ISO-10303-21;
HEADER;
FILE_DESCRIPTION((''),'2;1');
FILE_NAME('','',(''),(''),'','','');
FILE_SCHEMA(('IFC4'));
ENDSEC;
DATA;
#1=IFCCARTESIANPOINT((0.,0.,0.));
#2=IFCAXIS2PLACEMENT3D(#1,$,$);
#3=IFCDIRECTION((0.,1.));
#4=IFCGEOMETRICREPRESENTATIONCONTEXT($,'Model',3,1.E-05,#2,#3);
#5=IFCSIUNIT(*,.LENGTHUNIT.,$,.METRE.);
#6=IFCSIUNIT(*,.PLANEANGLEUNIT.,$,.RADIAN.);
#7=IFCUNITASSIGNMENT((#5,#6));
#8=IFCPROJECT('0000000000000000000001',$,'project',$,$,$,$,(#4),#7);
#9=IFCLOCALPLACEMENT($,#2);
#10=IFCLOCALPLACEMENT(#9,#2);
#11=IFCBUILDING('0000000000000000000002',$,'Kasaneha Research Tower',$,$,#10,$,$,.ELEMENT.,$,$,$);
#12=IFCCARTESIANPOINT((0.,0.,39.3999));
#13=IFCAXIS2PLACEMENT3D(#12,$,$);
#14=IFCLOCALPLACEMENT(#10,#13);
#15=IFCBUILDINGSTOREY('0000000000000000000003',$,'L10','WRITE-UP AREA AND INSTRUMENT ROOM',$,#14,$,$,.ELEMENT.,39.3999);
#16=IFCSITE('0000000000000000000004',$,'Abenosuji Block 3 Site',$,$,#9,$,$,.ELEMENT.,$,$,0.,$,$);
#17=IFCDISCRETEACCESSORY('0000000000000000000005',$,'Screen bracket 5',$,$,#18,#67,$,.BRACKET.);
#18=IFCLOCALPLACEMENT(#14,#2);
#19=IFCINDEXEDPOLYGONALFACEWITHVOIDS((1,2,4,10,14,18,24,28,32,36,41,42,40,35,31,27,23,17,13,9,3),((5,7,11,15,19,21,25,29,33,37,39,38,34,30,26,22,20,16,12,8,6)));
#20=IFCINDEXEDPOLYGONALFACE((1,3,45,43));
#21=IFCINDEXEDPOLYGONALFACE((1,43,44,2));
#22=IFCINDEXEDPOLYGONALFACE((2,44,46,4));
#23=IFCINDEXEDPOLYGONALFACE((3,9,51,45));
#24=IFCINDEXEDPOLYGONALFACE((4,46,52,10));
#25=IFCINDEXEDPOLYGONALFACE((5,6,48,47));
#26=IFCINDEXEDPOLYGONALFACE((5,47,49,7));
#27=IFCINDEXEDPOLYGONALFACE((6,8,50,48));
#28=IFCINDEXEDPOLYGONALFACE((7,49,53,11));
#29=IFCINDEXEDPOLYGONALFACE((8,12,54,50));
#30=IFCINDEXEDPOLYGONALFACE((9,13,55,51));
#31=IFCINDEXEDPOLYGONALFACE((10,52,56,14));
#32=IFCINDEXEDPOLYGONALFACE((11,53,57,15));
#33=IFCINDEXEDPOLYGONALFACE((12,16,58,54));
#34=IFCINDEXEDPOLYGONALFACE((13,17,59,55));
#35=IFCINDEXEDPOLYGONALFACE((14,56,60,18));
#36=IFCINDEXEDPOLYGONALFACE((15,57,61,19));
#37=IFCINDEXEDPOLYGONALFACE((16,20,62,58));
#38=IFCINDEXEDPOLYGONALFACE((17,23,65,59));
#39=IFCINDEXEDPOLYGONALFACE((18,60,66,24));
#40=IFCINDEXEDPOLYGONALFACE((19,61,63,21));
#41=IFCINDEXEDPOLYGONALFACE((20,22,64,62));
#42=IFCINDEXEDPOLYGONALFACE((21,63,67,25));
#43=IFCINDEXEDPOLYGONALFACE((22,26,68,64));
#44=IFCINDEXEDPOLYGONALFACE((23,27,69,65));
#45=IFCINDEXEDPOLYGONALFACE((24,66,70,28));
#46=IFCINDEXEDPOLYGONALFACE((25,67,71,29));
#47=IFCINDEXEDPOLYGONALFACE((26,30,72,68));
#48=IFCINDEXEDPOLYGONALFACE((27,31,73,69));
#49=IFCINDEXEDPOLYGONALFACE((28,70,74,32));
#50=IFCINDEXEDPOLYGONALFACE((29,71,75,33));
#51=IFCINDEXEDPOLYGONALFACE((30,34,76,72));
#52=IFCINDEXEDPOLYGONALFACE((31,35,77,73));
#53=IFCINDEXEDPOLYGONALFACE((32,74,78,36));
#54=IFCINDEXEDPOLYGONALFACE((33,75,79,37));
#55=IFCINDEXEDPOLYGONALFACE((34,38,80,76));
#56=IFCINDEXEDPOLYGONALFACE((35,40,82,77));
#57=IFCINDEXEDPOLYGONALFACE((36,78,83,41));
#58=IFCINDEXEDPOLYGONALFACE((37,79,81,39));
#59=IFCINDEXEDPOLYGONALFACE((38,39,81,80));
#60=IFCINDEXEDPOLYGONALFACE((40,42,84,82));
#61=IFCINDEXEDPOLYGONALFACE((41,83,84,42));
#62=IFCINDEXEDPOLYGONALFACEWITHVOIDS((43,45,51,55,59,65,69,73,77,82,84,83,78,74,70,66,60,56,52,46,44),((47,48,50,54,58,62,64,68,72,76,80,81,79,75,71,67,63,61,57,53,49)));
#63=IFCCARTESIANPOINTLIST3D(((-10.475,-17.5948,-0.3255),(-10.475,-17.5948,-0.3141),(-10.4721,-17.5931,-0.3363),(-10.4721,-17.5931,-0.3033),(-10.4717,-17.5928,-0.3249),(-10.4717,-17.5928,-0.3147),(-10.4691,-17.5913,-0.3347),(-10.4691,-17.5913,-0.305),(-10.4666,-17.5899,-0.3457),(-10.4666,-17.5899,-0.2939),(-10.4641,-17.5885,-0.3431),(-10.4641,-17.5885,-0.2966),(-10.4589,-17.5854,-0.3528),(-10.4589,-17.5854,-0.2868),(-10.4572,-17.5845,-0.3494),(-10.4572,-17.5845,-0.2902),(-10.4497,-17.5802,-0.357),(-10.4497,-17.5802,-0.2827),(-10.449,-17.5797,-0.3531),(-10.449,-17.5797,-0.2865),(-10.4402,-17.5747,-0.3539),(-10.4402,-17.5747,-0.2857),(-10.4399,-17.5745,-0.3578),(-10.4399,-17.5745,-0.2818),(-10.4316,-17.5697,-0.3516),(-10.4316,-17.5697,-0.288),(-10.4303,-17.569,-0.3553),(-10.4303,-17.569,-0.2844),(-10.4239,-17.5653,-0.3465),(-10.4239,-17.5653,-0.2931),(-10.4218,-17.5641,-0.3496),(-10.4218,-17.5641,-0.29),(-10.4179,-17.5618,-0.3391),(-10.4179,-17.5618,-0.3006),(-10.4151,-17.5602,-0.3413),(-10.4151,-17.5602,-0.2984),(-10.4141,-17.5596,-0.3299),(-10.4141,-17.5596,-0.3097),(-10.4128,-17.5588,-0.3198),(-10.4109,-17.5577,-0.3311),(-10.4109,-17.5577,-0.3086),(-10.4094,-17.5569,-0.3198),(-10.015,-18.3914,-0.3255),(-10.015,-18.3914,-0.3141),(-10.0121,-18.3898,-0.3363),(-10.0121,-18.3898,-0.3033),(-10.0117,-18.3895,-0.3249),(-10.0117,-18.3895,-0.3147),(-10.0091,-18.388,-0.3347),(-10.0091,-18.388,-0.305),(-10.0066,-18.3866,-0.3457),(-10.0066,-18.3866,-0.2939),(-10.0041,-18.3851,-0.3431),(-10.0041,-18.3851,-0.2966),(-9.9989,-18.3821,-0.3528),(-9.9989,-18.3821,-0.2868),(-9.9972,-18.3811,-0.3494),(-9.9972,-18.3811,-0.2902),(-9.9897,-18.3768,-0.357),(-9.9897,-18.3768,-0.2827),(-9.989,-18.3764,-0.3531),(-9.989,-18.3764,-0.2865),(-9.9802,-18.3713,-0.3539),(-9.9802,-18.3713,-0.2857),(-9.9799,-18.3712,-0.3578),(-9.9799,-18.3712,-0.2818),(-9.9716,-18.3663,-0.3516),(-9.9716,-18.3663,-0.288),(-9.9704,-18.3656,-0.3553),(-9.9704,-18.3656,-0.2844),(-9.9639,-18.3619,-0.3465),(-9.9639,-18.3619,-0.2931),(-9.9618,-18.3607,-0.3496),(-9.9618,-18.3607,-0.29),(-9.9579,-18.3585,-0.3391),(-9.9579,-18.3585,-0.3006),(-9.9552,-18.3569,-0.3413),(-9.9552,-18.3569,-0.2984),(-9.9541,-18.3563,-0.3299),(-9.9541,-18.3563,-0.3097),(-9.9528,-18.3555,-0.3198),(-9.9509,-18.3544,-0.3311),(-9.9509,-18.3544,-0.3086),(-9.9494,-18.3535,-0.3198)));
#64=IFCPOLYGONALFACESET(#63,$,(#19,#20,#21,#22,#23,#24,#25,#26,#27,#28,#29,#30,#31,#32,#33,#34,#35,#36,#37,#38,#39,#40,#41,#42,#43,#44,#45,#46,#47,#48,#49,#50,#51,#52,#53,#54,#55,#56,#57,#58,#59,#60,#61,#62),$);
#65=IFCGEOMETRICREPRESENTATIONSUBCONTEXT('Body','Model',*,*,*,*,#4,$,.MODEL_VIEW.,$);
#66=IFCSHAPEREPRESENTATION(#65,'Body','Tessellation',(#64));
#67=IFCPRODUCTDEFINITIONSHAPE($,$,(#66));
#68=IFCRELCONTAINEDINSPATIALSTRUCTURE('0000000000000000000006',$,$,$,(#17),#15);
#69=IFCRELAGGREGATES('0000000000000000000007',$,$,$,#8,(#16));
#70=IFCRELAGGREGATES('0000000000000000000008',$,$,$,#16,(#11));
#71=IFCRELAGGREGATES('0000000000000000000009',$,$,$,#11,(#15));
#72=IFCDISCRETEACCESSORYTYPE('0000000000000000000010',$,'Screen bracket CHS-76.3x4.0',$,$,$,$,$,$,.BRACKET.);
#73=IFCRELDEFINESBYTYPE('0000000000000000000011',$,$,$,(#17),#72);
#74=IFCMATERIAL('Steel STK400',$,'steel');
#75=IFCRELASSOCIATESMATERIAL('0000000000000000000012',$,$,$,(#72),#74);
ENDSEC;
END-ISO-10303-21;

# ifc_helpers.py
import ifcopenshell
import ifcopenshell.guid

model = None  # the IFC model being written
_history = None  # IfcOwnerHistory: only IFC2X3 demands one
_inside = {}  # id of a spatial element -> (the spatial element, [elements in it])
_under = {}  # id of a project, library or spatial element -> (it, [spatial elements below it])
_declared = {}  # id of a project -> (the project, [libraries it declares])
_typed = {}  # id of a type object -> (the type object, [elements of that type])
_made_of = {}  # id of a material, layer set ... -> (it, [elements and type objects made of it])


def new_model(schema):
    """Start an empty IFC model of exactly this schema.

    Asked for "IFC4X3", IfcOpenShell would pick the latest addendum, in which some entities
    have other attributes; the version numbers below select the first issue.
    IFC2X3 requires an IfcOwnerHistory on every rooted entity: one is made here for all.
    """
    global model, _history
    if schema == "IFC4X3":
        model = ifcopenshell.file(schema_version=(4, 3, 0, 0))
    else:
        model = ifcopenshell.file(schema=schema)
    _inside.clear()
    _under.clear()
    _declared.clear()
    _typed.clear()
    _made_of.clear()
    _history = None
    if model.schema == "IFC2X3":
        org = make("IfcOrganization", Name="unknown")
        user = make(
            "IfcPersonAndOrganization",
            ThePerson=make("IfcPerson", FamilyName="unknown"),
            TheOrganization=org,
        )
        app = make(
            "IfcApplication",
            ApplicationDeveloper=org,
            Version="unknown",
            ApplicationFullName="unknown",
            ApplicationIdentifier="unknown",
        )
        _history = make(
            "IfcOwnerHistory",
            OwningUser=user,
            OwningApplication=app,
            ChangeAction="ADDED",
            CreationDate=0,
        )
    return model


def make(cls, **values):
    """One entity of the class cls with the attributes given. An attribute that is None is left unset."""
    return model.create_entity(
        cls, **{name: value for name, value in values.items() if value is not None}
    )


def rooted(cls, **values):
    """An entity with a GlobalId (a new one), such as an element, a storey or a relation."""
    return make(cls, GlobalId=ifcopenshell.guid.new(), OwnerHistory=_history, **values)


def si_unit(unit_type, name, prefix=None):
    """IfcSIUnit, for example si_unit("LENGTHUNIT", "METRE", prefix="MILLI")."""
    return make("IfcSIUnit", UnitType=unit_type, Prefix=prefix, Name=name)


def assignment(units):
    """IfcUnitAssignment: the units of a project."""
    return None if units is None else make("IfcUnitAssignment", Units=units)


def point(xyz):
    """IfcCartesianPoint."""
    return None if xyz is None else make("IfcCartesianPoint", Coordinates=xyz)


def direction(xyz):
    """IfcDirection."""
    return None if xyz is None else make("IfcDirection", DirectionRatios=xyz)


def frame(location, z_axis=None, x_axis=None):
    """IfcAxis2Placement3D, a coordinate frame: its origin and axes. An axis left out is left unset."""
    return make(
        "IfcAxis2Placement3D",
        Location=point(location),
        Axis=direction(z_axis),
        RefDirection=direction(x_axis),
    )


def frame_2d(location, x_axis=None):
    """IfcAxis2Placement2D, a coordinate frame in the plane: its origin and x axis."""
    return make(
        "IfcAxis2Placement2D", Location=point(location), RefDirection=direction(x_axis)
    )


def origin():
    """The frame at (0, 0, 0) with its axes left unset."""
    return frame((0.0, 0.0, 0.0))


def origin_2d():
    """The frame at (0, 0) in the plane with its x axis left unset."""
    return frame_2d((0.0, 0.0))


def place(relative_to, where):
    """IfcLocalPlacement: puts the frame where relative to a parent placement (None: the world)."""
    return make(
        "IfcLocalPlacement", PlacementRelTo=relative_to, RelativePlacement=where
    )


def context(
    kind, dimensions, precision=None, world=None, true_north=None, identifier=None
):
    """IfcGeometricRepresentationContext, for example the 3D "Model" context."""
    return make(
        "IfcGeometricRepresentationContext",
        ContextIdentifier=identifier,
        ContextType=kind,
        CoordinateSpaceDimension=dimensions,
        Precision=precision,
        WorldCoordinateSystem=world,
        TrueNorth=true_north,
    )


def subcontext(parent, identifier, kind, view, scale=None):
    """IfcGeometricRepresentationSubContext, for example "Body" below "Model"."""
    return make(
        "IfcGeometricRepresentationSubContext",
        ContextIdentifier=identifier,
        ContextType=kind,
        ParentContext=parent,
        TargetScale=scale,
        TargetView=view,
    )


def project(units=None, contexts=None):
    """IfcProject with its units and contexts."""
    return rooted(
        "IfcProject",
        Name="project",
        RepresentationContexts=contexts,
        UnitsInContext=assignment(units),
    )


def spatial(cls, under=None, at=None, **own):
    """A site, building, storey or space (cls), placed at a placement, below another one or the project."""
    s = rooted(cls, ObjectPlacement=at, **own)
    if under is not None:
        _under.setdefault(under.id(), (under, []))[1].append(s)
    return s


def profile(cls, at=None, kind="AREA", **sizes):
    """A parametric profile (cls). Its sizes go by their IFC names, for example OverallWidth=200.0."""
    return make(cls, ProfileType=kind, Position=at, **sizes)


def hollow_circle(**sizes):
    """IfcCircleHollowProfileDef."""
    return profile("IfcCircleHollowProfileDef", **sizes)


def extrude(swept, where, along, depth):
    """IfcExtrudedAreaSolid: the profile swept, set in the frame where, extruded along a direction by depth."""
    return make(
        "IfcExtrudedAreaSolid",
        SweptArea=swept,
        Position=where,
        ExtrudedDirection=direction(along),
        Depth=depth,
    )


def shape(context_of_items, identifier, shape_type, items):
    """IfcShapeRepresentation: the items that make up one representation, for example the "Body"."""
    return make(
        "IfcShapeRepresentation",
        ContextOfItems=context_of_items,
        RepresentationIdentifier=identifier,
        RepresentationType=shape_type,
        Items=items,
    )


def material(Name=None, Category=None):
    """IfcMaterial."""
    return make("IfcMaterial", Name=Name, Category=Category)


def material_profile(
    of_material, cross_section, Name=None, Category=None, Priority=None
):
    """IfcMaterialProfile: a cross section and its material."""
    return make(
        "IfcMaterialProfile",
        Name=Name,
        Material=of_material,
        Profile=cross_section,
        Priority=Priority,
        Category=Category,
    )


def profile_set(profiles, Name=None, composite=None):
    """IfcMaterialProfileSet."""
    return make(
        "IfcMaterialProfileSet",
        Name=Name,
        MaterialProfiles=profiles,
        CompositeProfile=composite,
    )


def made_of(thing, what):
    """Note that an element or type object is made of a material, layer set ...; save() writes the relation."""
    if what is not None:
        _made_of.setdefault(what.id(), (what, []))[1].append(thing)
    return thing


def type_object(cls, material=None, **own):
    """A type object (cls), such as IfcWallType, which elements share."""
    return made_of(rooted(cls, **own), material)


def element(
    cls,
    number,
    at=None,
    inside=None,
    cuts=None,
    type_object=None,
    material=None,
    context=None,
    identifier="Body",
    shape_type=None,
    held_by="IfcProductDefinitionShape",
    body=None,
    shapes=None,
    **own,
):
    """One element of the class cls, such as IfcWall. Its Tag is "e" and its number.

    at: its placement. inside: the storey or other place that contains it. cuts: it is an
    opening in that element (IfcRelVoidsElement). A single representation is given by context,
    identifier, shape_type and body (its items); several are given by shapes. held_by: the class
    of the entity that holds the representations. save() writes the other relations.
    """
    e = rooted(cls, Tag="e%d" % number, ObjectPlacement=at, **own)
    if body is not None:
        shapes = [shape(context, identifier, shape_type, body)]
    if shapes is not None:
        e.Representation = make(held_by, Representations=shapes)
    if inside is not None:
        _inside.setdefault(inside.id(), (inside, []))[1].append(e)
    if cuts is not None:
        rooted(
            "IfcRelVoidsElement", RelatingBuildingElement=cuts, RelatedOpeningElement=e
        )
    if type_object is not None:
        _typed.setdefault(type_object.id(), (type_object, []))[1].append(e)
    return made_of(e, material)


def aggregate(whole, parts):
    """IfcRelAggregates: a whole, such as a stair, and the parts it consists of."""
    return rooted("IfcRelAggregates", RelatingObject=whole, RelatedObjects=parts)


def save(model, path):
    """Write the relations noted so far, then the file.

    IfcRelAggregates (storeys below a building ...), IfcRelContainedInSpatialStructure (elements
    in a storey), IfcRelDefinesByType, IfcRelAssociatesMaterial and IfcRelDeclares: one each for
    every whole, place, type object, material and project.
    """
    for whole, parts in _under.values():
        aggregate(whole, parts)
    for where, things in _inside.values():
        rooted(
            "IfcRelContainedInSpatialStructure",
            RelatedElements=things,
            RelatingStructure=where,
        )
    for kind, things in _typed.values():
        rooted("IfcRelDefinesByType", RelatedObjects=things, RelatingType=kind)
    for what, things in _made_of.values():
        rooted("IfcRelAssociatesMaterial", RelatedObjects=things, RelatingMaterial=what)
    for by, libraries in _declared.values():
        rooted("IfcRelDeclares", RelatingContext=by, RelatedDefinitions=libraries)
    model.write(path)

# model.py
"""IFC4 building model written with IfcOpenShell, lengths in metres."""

from ifc_helpers import new_model, si_unit, direction, frame, origin, origin_2d, place, context, subcontext, project, spatial, hollow_circle, extrude, material, material_profile, profile_set, type_object, element, save


model = new_model("IFC4")

# Units and contexts
model_context = context("Model", 3, precision=1e-05, world=origin(), true_north=direction((0.0, 1.0)))
body_context = subcontext(model_context, "Body", "Model", "MODEL_VIEW")
ifc_project = project(units=[si_unit("LENGTHUNIT", "METRE"), si_unit("PLANEANGLEUNIT", "RADIAN")], contexts=[model_context])

# Site, building, storey
site_placement = place(None, origin())
site = spatial("IfcSite", under=ifc_project, at=site_placement, Name="Abenosuji Block 3 Site", CompositionType="ELEMENT", RefElevation=0.0)
building_placement = place(site_placement, origin())
building = spatial("IfcBuilding", under=site, at=building_placement, Name="Kasaneha Research Tower", CompositionType="ELEMENT")
storey_placement = place(building_placement, frame((0.0, 0.0, 39.3999)))
storey = spatial("IfcBuildingStorey", under=building, at=storey_placement, Name="L10", Description="WRITE-UP AREA AND INSTRUMENT ROOM", CompositionType="ELEMENT", Elevation=39.3999)

# Discrete accessory
ifc_material_1 = material(Name="Steel STK400", Category="steel")
ifc_material_profile_1 = material_profile(ifc_material_1, hollow_circle(Radius=0.0381, WallThickness=0.0039, at=origin_2d()), Name="CHS-76.3x4.0")
ifc_profile_set_1 = profile_set([ifc_material_profile_1], Name="Steel STK400")
discrete_accessory_type = type_object("IfcDiscreteAccessoryType", Name="Screen bracket CHS-76.3x4.0", PredefinedType="BRACKET", material=ifc_profile_set_1)
discrete_accessory_1_placement = place(storey_placement, frame((-10.4424, -17.5759, -0.3198), z_axis=(0.500021, -0.866013, 0.0), x_axis=(0.866013, 0.500021, 0.0)))
element("IfcDiscreteAccessory", 1, at=discrete_accessory_1_placement, inside=storey, type_object=discrete_accessory_type, Name="Screen bracket 5", PredefinedType="BRACKET", context=body_context, shape_type="SweptSolid", body=[
    extrude(hollow_circle(Radius=0.0381, WallThickness=0.0039, at=origin_2d()), origin(), (0.0, 0.0, 1.0), 0.9199),
])

save(model, "model.ifc")
